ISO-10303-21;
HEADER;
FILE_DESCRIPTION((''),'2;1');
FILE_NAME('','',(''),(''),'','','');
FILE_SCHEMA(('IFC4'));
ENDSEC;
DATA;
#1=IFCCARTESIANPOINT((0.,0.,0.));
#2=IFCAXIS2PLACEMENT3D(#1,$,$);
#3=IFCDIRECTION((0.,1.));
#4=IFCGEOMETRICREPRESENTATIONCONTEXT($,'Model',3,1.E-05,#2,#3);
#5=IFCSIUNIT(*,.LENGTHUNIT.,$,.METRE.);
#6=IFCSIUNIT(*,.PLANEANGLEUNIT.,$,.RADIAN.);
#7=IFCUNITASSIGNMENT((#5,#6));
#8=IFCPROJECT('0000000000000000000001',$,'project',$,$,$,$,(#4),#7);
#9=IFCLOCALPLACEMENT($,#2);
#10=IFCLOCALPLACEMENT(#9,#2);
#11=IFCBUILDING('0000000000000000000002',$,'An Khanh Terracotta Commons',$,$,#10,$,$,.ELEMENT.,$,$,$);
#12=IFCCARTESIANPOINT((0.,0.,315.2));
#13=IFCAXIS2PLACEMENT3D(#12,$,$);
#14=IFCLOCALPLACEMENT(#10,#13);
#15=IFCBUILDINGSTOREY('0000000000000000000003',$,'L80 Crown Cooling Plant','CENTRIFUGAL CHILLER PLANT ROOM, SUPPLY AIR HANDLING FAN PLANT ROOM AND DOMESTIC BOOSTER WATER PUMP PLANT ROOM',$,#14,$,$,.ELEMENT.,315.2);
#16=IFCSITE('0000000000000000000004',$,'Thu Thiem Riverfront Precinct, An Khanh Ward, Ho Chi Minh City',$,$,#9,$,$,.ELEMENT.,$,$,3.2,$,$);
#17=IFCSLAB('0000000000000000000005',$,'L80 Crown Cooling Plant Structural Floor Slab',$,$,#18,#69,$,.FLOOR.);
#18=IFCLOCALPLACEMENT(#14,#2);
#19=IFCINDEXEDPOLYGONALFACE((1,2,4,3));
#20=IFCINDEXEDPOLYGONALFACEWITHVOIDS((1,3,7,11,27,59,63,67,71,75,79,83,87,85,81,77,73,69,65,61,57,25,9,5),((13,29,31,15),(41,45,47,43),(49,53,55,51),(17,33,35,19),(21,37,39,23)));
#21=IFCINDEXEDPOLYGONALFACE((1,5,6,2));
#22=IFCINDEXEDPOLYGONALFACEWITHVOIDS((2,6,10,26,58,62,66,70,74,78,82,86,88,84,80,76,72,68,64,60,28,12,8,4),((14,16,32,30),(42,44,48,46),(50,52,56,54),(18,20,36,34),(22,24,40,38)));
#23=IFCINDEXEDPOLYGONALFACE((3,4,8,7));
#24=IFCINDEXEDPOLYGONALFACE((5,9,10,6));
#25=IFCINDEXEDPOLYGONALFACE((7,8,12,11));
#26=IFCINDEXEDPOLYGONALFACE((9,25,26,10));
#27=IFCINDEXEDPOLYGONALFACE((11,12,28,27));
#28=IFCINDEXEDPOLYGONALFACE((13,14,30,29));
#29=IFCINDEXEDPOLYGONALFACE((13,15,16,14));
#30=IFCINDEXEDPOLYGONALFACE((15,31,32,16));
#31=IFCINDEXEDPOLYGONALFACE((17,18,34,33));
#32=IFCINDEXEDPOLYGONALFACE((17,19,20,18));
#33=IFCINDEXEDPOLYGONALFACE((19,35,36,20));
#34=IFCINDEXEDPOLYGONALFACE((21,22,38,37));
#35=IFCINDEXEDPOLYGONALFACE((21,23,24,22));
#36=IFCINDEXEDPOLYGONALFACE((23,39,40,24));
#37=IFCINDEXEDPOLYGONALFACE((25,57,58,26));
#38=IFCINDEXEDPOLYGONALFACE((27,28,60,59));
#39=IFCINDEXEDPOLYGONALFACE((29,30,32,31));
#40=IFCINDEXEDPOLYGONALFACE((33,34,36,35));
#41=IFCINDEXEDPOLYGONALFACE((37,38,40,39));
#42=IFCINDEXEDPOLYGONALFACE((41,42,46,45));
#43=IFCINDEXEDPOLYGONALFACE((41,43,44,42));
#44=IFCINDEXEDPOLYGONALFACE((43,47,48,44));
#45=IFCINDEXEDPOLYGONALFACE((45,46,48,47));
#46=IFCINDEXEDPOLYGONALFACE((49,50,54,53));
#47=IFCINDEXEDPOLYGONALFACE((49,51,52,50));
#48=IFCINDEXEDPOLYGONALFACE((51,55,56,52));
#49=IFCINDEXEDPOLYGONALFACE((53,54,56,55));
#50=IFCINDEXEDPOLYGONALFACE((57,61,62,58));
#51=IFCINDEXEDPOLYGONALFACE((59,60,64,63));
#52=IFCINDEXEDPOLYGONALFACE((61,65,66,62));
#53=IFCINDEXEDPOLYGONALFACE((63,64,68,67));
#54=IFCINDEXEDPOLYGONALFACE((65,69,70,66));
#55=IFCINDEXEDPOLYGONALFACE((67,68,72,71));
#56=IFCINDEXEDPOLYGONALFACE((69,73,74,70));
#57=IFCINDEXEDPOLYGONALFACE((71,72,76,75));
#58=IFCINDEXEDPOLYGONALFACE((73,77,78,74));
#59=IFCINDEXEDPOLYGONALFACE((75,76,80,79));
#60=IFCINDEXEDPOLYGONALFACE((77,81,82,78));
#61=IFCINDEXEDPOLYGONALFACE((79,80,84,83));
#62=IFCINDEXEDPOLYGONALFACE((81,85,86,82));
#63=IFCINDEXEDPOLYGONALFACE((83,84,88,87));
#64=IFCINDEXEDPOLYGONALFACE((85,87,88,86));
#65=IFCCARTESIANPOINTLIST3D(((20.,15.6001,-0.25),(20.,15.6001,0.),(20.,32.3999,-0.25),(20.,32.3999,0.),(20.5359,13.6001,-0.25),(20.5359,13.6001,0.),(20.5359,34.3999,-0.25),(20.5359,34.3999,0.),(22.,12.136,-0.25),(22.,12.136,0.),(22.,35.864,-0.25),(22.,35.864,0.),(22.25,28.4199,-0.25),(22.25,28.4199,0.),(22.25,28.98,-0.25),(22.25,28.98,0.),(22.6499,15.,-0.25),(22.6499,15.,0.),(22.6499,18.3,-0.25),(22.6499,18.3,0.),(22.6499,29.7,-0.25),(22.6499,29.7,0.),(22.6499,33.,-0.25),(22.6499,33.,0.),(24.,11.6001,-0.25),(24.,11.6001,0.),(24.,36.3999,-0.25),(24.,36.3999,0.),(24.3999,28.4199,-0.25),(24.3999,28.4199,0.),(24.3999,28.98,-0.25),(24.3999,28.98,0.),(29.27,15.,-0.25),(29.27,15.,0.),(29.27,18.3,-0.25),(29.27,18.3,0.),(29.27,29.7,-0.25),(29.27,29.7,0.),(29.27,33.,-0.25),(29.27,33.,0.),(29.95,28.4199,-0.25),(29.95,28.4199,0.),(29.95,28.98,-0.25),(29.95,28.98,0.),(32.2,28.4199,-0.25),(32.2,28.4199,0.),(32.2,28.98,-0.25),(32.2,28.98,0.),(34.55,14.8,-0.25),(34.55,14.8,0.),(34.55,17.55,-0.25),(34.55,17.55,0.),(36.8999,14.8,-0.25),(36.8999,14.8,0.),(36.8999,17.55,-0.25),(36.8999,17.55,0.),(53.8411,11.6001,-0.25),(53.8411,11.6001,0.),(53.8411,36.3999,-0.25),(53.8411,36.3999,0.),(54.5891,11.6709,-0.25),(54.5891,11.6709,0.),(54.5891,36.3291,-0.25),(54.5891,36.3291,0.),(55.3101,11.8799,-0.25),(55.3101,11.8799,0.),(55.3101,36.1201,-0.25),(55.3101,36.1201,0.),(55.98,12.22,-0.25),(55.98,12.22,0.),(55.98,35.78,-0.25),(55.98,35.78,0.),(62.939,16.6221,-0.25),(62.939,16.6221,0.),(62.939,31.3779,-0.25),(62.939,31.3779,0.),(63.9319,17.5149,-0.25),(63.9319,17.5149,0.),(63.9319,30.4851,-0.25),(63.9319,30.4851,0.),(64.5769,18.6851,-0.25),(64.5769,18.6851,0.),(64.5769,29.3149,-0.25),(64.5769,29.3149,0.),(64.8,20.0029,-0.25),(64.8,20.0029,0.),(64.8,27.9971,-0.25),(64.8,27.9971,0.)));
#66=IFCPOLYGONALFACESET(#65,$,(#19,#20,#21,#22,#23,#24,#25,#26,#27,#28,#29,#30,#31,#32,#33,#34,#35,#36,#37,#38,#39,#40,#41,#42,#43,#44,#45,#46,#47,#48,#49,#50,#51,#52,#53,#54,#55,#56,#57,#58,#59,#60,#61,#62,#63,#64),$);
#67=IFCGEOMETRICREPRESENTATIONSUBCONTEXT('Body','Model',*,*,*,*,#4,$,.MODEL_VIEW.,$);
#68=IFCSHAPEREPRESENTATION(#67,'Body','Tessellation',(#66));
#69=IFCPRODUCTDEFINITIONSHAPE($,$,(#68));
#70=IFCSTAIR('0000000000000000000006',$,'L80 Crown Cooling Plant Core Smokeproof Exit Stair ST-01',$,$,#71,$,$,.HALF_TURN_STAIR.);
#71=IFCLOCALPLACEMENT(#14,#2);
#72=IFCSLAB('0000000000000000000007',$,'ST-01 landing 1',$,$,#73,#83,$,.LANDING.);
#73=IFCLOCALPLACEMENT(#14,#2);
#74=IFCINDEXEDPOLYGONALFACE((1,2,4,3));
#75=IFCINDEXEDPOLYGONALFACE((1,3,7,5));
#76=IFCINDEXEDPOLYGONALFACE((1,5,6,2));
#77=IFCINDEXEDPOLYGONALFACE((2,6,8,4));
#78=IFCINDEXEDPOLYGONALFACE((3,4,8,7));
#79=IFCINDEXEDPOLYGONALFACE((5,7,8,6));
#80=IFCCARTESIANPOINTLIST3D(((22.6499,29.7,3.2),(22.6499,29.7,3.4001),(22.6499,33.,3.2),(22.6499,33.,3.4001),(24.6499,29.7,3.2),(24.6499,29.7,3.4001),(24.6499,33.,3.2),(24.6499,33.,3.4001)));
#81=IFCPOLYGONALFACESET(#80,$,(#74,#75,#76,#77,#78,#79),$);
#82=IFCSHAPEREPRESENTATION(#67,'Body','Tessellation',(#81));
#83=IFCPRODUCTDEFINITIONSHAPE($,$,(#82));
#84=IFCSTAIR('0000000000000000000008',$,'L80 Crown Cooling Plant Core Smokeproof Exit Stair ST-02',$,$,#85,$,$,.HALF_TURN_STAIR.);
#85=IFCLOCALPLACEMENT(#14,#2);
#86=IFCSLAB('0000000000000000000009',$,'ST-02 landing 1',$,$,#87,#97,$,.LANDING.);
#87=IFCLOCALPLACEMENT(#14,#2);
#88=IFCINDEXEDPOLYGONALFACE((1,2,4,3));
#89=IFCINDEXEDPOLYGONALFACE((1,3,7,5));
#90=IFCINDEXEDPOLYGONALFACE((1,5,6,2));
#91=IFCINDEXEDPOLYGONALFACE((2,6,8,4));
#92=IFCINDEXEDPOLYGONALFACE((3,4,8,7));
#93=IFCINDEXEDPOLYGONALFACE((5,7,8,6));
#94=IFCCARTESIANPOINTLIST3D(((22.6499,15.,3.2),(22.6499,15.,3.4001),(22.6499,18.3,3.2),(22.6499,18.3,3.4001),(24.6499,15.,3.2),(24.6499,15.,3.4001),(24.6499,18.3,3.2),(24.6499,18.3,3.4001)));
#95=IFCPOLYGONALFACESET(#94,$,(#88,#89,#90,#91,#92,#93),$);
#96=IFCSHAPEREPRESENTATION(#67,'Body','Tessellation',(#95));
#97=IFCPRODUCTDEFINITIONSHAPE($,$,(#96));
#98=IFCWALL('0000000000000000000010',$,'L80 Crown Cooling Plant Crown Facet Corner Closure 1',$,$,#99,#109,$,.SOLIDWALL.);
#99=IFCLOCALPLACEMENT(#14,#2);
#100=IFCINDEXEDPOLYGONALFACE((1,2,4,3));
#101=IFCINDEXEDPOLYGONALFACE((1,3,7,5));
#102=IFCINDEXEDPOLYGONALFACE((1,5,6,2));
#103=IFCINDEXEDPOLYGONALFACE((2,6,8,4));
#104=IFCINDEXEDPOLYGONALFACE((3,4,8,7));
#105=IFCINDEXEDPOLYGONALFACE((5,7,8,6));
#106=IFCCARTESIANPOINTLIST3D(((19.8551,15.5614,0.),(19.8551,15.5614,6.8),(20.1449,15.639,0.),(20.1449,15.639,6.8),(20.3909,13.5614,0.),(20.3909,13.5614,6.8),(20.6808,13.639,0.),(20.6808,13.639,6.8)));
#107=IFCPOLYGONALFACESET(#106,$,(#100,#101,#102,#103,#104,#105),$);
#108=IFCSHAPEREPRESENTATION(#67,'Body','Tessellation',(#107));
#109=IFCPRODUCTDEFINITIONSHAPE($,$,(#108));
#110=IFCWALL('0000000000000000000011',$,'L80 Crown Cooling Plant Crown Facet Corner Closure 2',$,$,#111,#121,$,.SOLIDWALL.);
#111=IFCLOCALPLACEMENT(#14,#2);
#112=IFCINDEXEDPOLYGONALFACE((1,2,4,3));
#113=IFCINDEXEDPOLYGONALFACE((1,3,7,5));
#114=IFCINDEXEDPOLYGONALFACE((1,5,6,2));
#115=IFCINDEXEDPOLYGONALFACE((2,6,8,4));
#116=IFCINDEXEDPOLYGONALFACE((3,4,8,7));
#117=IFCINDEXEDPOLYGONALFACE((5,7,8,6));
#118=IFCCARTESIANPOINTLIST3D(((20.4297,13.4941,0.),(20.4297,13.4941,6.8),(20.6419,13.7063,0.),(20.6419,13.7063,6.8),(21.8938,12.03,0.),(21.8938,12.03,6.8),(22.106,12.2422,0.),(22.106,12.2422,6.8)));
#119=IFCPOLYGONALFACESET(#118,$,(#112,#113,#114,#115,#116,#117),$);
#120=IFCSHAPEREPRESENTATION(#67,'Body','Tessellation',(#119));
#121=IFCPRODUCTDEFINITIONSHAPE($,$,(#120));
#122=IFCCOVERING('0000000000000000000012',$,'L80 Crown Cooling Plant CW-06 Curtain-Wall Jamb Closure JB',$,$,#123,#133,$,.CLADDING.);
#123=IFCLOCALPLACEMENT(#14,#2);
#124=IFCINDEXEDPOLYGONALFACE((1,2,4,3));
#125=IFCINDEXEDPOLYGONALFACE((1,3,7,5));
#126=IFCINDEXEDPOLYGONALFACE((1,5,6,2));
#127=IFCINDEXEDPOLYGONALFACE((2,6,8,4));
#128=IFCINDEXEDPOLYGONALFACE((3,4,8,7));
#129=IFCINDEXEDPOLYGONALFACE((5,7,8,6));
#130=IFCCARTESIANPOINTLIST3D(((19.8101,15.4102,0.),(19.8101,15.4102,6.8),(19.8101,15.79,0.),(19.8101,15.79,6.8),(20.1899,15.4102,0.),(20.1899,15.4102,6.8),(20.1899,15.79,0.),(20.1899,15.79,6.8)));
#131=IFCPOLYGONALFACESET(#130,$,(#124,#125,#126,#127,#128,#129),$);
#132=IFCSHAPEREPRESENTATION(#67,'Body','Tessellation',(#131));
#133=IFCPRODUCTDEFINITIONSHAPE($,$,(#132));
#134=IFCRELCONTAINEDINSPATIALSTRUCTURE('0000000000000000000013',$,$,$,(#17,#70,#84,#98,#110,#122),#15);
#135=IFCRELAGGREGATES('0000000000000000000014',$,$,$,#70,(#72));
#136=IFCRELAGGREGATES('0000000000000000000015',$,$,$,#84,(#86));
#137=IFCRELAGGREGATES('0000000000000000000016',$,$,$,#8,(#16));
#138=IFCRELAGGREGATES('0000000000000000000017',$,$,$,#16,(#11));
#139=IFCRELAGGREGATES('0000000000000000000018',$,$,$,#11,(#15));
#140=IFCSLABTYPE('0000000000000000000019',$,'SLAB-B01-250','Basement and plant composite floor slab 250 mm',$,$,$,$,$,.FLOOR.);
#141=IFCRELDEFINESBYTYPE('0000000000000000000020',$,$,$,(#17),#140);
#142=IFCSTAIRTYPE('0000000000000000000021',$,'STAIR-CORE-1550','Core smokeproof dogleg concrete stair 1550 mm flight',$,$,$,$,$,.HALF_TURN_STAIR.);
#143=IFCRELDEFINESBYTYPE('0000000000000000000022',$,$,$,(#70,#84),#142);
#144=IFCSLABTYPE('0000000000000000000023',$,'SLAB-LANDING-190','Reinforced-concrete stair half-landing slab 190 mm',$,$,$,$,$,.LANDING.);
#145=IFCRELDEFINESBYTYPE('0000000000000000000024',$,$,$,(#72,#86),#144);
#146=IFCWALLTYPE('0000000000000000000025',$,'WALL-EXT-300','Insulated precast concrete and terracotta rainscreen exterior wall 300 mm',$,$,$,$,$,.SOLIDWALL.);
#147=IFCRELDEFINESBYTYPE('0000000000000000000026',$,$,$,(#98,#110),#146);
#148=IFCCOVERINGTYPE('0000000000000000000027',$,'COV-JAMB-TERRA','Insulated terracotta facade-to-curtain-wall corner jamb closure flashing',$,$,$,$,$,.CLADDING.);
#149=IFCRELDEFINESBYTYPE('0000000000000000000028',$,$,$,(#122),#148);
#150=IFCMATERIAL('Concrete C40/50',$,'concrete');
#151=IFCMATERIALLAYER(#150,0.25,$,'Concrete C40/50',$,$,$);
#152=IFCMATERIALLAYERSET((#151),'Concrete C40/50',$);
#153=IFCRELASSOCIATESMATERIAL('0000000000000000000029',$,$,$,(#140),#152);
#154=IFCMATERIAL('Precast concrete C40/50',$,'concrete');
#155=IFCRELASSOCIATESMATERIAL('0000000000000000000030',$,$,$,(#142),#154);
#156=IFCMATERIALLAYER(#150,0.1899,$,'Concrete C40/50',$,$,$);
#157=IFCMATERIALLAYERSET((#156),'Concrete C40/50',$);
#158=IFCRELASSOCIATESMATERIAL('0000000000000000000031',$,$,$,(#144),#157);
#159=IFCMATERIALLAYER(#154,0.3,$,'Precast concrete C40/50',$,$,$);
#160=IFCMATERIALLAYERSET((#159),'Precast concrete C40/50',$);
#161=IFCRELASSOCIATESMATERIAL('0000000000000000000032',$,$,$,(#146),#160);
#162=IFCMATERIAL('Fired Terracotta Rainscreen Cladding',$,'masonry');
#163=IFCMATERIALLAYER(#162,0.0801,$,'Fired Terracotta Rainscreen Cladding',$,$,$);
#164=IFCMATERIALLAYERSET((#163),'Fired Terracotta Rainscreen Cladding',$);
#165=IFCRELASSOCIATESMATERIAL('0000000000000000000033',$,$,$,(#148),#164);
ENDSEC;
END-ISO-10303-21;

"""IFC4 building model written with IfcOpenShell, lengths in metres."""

from ifc_helpers import new_model, si_unit, direction, frame, frame_2d, origin, origin_2d, place, context, subcontext, project, spatial, polyline, rectangle, outline, extrude, material, layer, layer_set, type_object, element, aggregate, save


model = new_model("IFC4")

# Units and contexts
model_context = context("Model", 3, precision=1e-05, world=origin(), true_north=direction((0.0, 1.0)))
body_context = subcontext(model_context, "Body", "Model", "MODEL_VIEW")
ifc_project = project(units=[si_unit("LENGTHUNIT", "METRE"), si_unit("PLANEANGLEUNIT", "RADIAN")], contexts=[model_context])

# Site, building, storey
site_placement = place(None, origin())
site = spatial("IfcSite", under=ifc_project, at=site_placement, Name="Thu Thiem Riverfront Precinct, An Khanh Ward, Ho Chi Minh City", CompositionType="ELEMENT", RefElevation=3.2)
building_placement = place(site_placement, origin())
building = spatial("IfcBuilding", under=site, at=building_placement, Name="An Khanh Terracotta Commons", CompositionType="ELEMENT")
storey_placement = place(building_placement, frame((0.0, 0.0, 315.2)))
storey = spatial("IfcBuildingStorey", under=building, at=storey_placement, Name="L80 Crown Cooling Plant", Description="CENTRIFUGAL CHILLER PLANT ROOM, SUPPLY AIR HANDLING FAN PLANT ROOM AND DOMESTIC BOOSTER WATER PUMP PLANT ROOM", CompositionType="ELEMENT", Elevation=315.2)

# Slab
ifc_material_1 = material(Name="Concrete C40/50", Category="concrete")
ifc_layer_1 = layer(ifc_material_1, 0.25, Name="Concrete C40/50")
ifc_layer_set_1 = layer_set([ifc_layer_1], Name="Concrete C40/50")
slab_type_1 = type_object("IfcSlabType", Name="SLAB-B01-250", Description="Basement and plant composite floor slab 250 mm", PredefinedType="FLOOR", material=ifc_layer_set_1)
slab_1_placement = place(storey_placement, frame((0.0, 0.0, -0.25)))
element("IfcSlab", 1, at=slab_1_placement, inside=storey, type_object=slab_type_1, Name="L80 Crown Cooling Plant Structural Floor Slab", PredefinedType="FLOOR", context=body_context, shape_type="SweptSolid", body=[
    extrude(outline(polyline([(20.0, 15.6001), (20.5359, 13.6001), (22.0, 12.136), (24.0, 11.6001), (53.8411, 11.6001), (54.5891, 11.6709), (55.3101, 11.8799), (55.98, 12.22), (62.939, 16.6221), (63.9319, 17.5149), (64.5769, 18.6851), (64.8, 20.0029), (64.8, 27.9971), (64.5769, 29.3149), (63.9319, 30.4851), (62.939, 31.3779), (55.98, 35.78), (55.3101, 36.1201), (54.5891, 36.3291), (53.8411, 36.3999), (24.0, 36.3999), (22.0, 35.864), (20.5359, 34.3999), (20.0, 32.3999), (20.0, 15.6001)]), holes=[polyline([(22.6499, 29.7), (29.27, 29.7), (29.27, 33.0), (22.6499, 33.0), (22.6499, 29.7)]), polyline([(22.6499, 15.0), (29.27, 15.0), (29.27, 18.3), (22.6499, 18.3), (22.6499, 15.0)]), polyline([(34.55, 14.8), (36.8999, 14.8), (36.8999, 17.55), (34.55, 17.55), (34.55, 14.8)]), polyline([(22.25, 28.4199), (24.3999, 28.4199), (24.3999, 28.98), (22.25, 28.98), (22.25, 28.4199)]), polyline([(29.95, 28.4199), (32.2, 28.4199), (32.2, 28.98), (29.95, 28.98), (29.95, 28.4199)])]), origin(), (0.0, 0.0, 1.0), 0.25),
])

# Stairs, slabs
ifc_material_2 = material(Name="Precast concrete C40/50", Category="concrete")
stair_type = type_object("IfcStairType", Name="STAIR-CORE-1550", Description="Core smokeproof dogleg concrete stair 1550 mm flight", PredefinedType="HALF_TURN_STAIR", material=ifc_material_2)
stair_1_placement = place(storey_placement, origin())
stair_1 = element("IfcStair", 2, at=stair_1_placement, inside=storey, type_object=stair_type, Name="L80 Crown Cooling Plant Core Smokeproof Exit Stair ST-01", PredefinedType="HALF_TURN_STAIR")
ifc_layer_2 = layer(ifc_material_1, 0.1899, Name="Concrete C40/50")
ifc_layer_set_2 = layer_set([ifc_layer_2], Name="Concrete C40/50")
slab_type_2 = type_object("IfcSlabType", Name="SLAB-LANDING-190", Description="Reinforced-concrete stair half-landing slab 190 mm", PredefinedType="LANDING", material=ifc_layer_set_2)
slab_2_placement = place(storey_placement, frame((0.0, 0.0, 3.2)))
slab_2 = element("IfcSlab", 3, at=slab_2_placement, type_object=slab_type_2, Name="ST-01 landing 1", PredefinedType="LANDING", context=body_context, shape_type="SweptSolid", body=[
    extrude(outline(polyline([(24.6499, 33.0), (22.6499, 33.0), (22.6499, 29.7), (24.6499, 29.7), (24.6499, 33.0)])), origin(), (0.0, 0.0, 1.0), 0.2002),
])
aggregate(stair_1, [slab_2])
stair_2_placement = place(storey_placement, origin())
stair_2 = element("IfcStair", 4, at=stair_2_placement, inside=storey, type_object=stair_type, Name="L80 Crown Cooling Plant Core Smokeproof Exit Stair ST-02", PredefinedType="HALF_TURN_STAIR")
slab_3_placement = place(storey_placement, frame((0.0, 0.0, 3.2)))
slab_3 = element("IfcSlab", 5, at=slab_3_placement, type_object=slab_type_2, Name="ST-02 landing 1", PredefinedType="LANDING", context=body_context, shape_type="SweptSolid", body=[
    extrude(outline(polyline([(24.6499, 18.3), (22.6499, 18.3), (22.6499, 15.0), (24.6499, 15.0), (24.6499, 18.3)])), origin(), (0.0, 0.0, 1.0), 0.2002),
])
aggregate(stair_2, [slab_3])

# Walls
ifc_layer_3 = layer(ifc_material_2, 0.3, Name="Precast concrete C40/50")
ifc_layer_set_3 = layer_set([ifc_layer_3], Name="Precast concrete C40/50")
wall_type = type_object("IfcWallType", Name="WALL-EXT-300", Description="Insulated precast concrete and terracotta rainscreen exterior wall 300 mm", PredefinedType="SOLIDWALL", material=ifc_layer_set_3)
for number, where, z_axis, x_axis, name in (
    (6, (20.0, 15.6001, 0.0), (0.0, 0.0, 1.0), (0.258815, -0.965927, 0.0), "L80 Crown Cooling Plant Crown Facet Corner Closure 1"),
    (7, (20.5359, 13.6001, 0.0), (0.0, 0.0, 1.0), (0.707107, -0.707107, 0.0), "L80 Crown Cooling Plant Crown Facet Corner Closure 2"),
):
    element("IfcWall", number, at=place(storey_placement, frame(where, z_axis=z_axis, x_axis=x_axis)), inside=storey, type_object=wall_type, Name=name, PredefinedType="SOLIDWALL", context=body_context, shape_type="SweptSolid", body=[
        extrude(rectangle(XDim=2.0706, YDim=0.3, at=frame_2d((1.0352, 0.0))), origin(), (0.0, 0.0, 1.0), 6.8),
    ])

# Covering
ifc_material_3 = material(Name="Fired Terracotta Rainscreen Cladding", Category="masonry")
ifc_layer_4 = layer(ifc_material_3, 0.0801, Name="Fired Terracotta Rainscreen Cladding")
ifc_layer_set_4 = layer_set([ifc_layer_4], Name="Fired Terracotta Rainscreen Cladding")
covering_type = type_object("IfcCoveringType", Name="COV-JAMB-TERRA", Description="Insulated terracotta facade-to-curtain-wall corner jamb closure flashing", PredefinedType="CLADDING", material=ifc_layer_set_4)
covering_placement = place(storey_placement, frame((20.0, 15.6001, 0.0), z_axis=(0.0, 0.0, 1.0), x_axis=(1.0, 0.0, 0.0)))
element("IfcCovering", 8, at=covering_placement, inside=storey, type_object=covering_type, Name="L80 Crown Cooling Plant CW-06 Curtain-Wall Jamb Closure JB", PredefinedType="CLADDING", context=body_context, shape_type="SweptSolid", body=[
    extrude(rectangle(XDim=0.3799, YDim=0.3799, at=origin_2d()), origin(), (0.0, 0.0, 1.0), 6.8),
])

save(model, "model.ifc")
